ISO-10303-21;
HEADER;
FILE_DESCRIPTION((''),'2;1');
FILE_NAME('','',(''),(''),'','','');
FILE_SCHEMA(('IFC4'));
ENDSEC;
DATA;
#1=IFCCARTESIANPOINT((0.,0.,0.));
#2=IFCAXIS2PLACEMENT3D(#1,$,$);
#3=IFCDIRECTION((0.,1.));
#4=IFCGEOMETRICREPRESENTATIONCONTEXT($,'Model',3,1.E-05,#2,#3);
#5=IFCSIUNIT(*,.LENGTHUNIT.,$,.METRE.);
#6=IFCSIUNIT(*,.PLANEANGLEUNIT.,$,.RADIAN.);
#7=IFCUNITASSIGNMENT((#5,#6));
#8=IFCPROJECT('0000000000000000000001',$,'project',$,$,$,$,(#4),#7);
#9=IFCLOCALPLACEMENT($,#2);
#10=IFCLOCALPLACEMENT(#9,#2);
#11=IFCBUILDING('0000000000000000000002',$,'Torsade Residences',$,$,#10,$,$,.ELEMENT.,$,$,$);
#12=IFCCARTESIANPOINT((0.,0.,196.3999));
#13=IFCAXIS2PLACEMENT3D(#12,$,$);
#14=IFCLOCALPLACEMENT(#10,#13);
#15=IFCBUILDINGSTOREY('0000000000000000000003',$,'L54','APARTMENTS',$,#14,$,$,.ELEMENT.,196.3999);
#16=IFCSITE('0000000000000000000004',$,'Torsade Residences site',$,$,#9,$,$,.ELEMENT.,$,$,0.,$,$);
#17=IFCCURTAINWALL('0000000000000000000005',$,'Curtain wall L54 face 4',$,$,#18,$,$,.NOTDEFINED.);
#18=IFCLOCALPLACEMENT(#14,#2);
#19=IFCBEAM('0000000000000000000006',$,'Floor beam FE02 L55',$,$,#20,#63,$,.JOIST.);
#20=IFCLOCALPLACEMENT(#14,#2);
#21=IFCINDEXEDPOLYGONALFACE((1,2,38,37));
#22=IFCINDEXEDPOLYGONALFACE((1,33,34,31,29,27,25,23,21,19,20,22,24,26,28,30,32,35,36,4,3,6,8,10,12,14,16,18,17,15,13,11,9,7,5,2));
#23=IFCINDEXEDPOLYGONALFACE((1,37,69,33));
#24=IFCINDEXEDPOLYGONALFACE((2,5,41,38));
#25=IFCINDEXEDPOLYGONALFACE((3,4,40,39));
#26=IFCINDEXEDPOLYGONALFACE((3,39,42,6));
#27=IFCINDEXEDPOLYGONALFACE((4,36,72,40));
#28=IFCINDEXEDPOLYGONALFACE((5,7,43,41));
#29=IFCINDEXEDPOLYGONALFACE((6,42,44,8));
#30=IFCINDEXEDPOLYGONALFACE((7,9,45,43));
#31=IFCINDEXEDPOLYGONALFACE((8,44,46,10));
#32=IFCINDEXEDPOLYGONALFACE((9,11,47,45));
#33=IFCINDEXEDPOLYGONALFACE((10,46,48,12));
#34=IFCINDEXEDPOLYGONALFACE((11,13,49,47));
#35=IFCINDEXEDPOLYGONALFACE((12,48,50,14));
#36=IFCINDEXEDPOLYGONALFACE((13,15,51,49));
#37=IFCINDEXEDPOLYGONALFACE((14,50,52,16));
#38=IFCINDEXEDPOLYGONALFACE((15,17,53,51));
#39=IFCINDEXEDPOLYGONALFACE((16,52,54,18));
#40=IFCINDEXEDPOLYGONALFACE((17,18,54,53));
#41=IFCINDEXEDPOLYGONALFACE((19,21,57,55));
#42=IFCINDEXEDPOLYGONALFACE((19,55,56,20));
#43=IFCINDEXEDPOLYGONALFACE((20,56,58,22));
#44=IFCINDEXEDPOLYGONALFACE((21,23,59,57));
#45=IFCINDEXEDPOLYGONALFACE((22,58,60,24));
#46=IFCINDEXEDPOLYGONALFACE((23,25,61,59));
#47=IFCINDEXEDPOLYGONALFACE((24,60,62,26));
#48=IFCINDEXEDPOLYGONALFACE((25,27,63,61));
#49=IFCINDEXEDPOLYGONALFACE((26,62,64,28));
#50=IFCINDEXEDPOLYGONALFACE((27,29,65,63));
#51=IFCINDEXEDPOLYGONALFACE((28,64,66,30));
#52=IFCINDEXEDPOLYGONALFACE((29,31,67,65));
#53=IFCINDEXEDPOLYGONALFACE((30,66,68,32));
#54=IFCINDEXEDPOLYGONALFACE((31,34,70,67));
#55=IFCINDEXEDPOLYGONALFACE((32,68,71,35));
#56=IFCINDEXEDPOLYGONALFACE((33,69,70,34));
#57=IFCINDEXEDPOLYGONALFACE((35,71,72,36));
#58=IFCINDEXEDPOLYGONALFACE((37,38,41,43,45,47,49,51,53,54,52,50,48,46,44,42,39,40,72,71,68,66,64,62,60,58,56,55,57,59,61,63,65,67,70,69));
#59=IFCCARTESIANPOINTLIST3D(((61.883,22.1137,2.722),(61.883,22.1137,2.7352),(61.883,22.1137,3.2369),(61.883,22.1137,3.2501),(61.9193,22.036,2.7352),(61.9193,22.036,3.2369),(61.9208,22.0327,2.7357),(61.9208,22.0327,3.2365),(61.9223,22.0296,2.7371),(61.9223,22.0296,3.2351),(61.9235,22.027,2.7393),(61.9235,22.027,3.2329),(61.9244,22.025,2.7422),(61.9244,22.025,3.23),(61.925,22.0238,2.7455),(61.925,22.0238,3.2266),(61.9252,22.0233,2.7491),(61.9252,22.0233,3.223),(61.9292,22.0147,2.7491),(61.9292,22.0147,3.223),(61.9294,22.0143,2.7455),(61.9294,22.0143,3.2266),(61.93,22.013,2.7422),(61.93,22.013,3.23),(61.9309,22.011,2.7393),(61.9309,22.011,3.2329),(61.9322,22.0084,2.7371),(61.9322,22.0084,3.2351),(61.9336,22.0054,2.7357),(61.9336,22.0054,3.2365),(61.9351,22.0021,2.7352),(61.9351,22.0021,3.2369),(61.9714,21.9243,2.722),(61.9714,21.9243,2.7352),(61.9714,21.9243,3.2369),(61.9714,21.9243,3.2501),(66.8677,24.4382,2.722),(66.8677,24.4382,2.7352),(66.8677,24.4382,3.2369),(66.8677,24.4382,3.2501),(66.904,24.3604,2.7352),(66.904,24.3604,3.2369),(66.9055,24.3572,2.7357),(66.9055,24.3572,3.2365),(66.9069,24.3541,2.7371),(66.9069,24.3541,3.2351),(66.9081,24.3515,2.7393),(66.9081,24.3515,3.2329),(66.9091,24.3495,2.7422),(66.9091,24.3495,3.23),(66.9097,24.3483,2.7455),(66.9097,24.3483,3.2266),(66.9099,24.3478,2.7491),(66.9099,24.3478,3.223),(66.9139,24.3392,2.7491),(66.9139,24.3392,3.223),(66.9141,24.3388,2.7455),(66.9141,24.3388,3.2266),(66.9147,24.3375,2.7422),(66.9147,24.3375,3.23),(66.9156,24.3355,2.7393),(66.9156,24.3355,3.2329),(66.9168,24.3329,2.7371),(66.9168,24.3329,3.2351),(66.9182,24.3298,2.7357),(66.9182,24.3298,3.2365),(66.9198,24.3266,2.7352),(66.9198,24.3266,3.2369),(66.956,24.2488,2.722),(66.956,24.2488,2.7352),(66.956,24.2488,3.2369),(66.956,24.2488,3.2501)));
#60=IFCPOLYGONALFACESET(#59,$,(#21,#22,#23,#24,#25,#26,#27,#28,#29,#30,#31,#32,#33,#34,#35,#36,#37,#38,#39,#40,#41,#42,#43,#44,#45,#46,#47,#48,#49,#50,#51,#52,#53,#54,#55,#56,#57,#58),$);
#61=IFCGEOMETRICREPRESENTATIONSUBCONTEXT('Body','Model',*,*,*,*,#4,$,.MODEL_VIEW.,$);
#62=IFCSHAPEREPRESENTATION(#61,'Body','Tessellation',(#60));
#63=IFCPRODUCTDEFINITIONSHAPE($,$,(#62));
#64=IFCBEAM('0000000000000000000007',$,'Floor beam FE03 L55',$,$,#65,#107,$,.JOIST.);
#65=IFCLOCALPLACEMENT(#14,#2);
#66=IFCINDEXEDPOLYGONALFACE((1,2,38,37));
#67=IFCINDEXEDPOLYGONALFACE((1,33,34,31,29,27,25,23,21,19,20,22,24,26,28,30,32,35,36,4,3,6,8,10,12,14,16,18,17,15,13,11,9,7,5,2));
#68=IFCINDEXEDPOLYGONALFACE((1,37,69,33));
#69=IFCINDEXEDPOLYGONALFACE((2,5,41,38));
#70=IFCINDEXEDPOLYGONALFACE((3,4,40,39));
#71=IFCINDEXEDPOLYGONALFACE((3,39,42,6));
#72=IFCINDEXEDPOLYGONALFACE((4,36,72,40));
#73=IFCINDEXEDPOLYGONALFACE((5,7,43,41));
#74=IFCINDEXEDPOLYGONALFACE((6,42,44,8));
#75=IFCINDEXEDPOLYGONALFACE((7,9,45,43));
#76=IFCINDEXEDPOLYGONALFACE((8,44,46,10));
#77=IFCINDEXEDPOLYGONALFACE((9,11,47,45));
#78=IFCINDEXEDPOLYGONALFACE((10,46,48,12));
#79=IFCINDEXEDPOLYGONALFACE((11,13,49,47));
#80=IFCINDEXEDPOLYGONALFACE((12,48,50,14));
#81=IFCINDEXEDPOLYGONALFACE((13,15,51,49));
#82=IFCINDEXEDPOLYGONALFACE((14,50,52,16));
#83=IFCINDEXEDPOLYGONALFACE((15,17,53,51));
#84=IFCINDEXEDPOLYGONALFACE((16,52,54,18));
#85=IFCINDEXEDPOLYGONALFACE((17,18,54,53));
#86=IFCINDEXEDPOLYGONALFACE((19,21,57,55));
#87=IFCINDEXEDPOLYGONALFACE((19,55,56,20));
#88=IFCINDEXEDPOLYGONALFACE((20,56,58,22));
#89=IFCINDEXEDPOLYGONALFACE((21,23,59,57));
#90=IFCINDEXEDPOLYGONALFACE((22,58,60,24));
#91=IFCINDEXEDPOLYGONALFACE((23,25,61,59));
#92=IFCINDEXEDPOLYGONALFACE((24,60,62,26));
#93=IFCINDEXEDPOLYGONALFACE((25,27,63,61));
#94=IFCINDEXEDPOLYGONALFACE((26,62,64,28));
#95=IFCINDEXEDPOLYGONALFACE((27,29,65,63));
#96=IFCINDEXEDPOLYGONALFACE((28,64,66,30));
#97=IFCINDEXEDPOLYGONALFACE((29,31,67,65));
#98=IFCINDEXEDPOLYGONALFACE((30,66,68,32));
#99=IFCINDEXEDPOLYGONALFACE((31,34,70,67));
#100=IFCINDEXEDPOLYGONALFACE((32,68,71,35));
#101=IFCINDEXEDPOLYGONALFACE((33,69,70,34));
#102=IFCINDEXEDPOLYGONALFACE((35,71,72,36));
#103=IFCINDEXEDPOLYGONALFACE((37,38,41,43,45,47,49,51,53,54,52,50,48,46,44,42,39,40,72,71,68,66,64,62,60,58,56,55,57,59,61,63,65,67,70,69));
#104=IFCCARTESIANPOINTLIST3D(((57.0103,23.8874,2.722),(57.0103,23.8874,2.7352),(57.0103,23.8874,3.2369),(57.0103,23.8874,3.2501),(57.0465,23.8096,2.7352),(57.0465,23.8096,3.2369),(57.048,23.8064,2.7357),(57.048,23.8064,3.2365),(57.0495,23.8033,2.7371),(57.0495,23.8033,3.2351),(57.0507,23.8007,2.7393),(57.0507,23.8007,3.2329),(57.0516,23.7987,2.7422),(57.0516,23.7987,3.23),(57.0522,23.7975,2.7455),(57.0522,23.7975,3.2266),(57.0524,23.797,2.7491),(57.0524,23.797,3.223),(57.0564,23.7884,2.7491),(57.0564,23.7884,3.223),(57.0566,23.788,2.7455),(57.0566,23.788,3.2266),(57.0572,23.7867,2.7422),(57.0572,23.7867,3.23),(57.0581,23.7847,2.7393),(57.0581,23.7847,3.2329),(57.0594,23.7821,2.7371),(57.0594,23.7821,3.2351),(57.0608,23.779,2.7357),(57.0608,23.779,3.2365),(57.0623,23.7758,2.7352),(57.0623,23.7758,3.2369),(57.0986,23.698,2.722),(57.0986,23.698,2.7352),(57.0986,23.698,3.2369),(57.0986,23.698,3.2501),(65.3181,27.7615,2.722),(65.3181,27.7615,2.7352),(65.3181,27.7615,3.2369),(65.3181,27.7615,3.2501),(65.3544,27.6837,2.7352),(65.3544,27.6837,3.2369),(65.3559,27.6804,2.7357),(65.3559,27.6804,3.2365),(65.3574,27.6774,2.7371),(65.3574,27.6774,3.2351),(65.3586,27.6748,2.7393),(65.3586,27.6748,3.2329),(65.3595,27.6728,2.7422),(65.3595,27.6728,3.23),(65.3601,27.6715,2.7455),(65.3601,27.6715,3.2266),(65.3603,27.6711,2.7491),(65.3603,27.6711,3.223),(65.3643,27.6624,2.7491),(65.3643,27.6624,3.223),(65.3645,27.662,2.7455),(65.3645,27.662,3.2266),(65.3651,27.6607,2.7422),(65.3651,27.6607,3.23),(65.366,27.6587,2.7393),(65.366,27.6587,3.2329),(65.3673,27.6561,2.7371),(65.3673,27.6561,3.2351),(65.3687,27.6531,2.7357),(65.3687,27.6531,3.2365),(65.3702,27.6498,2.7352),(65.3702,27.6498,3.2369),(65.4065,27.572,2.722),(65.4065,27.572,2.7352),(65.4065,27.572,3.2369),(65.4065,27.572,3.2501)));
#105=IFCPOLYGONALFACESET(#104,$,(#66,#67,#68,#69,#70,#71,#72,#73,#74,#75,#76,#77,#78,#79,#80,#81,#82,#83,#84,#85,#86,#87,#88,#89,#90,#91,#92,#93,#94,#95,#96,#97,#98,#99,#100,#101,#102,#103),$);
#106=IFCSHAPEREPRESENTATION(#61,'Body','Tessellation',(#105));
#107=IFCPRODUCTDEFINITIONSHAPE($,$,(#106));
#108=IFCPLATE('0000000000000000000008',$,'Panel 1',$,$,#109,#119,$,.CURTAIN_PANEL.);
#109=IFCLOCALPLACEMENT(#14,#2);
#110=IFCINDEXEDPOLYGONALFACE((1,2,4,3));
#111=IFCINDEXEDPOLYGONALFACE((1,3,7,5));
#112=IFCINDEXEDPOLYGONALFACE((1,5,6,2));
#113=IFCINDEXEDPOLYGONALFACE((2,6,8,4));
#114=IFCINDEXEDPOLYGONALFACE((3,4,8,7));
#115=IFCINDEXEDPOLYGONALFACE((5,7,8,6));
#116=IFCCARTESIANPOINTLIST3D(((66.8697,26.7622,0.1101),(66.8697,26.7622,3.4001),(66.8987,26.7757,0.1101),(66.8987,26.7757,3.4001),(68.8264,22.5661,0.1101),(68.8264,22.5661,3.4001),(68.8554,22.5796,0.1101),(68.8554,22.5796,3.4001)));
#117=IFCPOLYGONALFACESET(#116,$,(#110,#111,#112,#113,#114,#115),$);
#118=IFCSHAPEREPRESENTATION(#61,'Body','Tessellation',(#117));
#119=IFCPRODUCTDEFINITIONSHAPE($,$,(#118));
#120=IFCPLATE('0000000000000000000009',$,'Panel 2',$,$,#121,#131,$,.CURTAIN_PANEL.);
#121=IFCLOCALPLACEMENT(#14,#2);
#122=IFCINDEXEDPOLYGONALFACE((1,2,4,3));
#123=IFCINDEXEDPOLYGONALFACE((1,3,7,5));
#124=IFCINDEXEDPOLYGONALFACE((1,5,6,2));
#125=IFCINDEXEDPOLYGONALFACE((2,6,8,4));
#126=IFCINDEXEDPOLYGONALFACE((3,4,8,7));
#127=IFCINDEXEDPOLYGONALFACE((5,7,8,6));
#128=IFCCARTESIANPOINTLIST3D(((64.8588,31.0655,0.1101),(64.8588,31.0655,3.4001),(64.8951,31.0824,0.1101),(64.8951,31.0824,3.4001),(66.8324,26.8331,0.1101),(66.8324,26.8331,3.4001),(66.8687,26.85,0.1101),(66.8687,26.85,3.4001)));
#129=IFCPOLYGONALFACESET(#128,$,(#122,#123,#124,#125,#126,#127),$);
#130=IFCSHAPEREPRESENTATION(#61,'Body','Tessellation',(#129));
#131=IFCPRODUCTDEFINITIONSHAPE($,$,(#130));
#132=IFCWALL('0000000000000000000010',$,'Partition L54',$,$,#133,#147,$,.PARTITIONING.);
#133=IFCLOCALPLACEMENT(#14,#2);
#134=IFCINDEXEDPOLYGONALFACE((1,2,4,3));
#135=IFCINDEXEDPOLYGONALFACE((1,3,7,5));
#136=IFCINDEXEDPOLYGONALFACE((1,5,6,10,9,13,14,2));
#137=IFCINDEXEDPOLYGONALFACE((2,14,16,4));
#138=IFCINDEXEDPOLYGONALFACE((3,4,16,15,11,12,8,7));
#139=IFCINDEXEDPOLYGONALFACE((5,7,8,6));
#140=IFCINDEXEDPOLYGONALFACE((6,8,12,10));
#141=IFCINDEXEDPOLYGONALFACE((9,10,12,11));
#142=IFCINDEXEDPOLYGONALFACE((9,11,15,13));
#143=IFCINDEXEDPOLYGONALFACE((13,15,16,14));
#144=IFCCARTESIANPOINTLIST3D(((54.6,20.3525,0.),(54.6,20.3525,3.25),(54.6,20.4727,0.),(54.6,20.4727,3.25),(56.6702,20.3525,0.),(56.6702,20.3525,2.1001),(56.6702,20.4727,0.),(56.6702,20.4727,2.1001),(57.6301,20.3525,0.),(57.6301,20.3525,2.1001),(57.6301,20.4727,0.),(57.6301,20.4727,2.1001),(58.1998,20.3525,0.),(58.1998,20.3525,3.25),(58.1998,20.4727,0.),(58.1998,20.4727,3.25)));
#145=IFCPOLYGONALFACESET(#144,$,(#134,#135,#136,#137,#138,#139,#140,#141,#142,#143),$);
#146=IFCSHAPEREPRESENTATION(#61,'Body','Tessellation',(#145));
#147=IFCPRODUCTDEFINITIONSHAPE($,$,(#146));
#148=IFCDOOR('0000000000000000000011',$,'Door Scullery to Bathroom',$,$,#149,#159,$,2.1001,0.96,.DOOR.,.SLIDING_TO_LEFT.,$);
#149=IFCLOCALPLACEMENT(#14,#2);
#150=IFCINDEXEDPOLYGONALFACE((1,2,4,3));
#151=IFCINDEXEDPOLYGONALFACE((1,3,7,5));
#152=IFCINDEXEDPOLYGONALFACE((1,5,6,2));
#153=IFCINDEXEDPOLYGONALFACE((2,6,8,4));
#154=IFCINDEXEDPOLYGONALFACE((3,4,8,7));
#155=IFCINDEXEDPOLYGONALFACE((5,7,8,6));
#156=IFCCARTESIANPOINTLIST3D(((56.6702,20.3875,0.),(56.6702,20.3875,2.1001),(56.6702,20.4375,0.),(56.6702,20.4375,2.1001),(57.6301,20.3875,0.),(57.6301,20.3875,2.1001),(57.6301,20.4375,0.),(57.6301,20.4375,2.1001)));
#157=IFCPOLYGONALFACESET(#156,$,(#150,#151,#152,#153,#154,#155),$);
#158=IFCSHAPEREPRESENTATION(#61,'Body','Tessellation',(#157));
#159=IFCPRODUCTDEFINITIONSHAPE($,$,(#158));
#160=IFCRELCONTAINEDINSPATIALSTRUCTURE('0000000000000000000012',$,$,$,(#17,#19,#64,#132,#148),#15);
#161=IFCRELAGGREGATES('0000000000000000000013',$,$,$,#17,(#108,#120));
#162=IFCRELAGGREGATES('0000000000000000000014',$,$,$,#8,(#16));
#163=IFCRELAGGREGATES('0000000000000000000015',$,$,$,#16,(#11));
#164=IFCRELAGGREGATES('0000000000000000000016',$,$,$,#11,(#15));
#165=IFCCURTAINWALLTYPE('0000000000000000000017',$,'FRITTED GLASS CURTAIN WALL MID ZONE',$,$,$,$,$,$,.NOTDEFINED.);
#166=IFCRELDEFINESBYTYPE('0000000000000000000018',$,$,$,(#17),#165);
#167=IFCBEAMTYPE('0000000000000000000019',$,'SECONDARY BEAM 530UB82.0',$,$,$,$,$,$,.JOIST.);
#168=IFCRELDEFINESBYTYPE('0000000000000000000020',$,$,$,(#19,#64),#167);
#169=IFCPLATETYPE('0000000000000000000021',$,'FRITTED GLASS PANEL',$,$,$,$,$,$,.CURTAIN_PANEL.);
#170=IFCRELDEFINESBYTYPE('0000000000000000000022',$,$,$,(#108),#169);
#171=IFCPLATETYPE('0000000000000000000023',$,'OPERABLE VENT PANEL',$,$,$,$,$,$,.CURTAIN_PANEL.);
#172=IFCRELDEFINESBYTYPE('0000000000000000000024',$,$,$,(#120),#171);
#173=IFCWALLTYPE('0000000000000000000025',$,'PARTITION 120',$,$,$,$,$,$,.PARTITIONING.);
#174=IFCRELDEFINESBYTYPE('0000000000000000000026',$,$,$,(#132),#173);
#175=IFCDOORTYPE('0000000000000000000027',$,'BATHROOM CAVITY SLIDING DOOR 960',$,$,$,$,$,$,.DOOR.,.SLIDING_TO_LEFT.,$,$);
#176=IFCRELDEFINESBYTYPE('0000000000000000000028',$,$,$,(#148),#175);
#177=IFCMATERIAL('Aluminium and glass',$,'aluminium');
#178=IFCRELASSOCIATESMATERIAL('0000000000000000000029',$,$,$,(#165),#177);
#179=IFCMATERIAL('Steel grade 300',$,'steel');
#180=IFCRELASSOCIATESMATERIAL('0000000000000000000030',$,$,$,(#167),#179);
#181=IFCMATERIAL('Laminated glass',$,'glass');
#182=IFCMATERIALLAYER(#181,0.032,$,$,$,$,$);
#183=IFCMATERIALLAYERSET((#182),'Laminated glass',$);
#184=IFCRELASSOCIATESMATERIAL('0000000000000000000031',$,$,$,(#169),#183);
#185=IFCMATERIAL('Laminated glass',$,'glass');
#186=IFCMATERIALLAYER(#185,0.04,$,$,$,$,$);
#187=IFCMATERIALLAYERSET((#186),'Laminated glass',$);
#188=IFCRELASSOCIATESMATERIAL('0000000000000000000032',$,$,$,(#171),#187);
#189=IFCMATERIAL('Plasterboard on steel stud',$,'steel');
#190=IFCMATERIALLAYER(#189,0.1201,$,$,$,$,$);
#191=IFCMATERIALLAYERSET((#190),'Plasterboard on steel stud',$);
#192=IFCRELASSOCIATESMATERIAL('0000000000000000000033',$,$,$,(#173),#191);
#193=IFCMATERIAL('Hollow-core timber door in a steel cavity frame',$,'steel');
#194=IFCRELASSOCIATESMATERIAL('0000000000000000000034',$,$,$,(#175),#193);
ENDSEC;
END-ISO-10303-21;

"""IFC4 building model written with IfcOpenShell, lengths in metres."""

from ifc_helpers import new_model, si_unit, direction, frame, frame_2d, origin, origin_2d, place, context, subcontext, project, spatial, rectangle, i_section, extrude, material, layer, layer_set, material_profile, profile_set, type_object, element, fill, aggregate, save


model = new_model("IFC4")

# Units and contexts
model_context = context("Model", 3, precision=1e-05, world=origin(), true_north=direction((0.0, 1.0)))
body_context = subcontext(model_context, "Body", "Model", "MODEL_VIEW")
ifc_project = project(units=[si_unit("LENGTHUNIT", "METRE"), si_unit("PLANEANGLEUNIT", "RADIAN")], contexts=[model_context])

# Site, building, storey
site_placement = place(None, origin())
site = spatial("IfcSite", under=ifc_project, at=site_placement, Name="Torsade Residences site", CompositionType="ELEMENT", RefElevation=0.0)
building_placement = place(site_placement, origin())
building = spatial("IfcBuilding", under=site, at=building_placement, Name="Torsade Residences", CompositionType="ELEMENT")
storey_placement = place(building_placement, frame((0.0, 0.0, 196.3999)))
storey = spatial("IfcBuildingStorey", under=building, at=storey_placement, Name="L54", Description="APARTMENTS", CompositionType="ELEMENT", Elevation=196.3999)

# Curtain wall
ifc_material_1 = material(Name="Aluminium and glass", Category="aluminium")
curtain_wall_type = type_object("IfcCurtainWallType", Name="FRITTED GLASS CURTAIN WALL MID ZONE", PredefinedType="NOTDEFINED", material=ifc_material_1)
curtain_wall_placement = place(storey_placement, origin())
curtain_wall = element("IfcCurtainWall", 1, at=curtain_wall_placement, inside=storey, type_object=curtain_wall_type, Name="Curtain wall L54 face 4", PredefinedType="NOTDEFINED")

# Beams
ifc_material_2 = material(Name="Steel grade 300", Category="steel")
ifc_material_profile_1 = material_profile(ifc_material_2, i_section(OverallWidth=0.209, OverallDepth=0.5281, WebThickness=0.0095, FlangeThickness=0.0132, FilletRadius=0.0139, at=origin_2d()), Name="530UB82.0")
ifc_profile_set_1 = profile_set([ifc_material_profile_1], Name="Steel grade 300")
beam_type_1 = type_object("IfcBeamType", Name="SECONDARY BEAM 530UB82.0", PredefinedType="JOIST", material=ifc_profile_set_1)
beam_1_placement = place(storey_placement, frame((66.9119, 24.3435, 2.9861), z_axis=(-0.906301, -0.422633, 0.0), x_axis=(0.422633, -0.906301, 0.0)))
element("IfcBeam", 2, at=beam_1_placement, inside=storey, type_object=beam_type_1, Name="Floor beam FE02 L55", PredefinedType="JOIST", context=body_context, shape_type="SweptSolid", body=[
    extrude(i_section(OverallWidth=0.209, OverallDepth=0.5281, WebThickness=0.0095, FlangeThickness=0.0132, FilletRadius=0.0139, at=origin_2d()), origin(), (0.0, 0.0, 1.0), 5.5),
])
beam_2_placement = place(storey_placement, frame((65.3623, 27.6667, 2.9861), z_axis=(-0.906308, -0.422619, 0.0), x_axis=(0.422619, -0.906308, 0.0)))
element("IfcBeam", 3, at=beam_2_placement, inside=storey, type_object=beam_type_1, Name="Floor beam FE03 L55", PredefinedType="JOIST", context=body_context, shape_type="SweptSolid", body=[
    extrude(i_section(OverallWidth=0.209, OverallDepth=0.5281, WebThickness=0.0095, FlangeThickness=0.0132, FilletRadius=0.0139, at=origin_2d()), origin(), (0.0, 0.0, 1.0), 9.1667),
])

# Plates
ifc_material_3 = material(Name="Laminated glass", Category="glass")
ifc_layer_1 = layer(ifc_material_3, 0.032)
ifc_layer_set_1 = layer_set([ifc_layer_1], Name="Laminated glass")
plate_type_1 = type_object("IfcPlateType", Name="FRITTED GLASS PANEL", PredefinedType="CURTAIN_PANEL", material=ifc_layer_set_1)
plate_1_placement = place(storey_placement, frame((67.8625, 24.6709, 0.1101), z_axis=(0.0, 0.0, 1.0), x_axis=(-0.422618, 0.906308, 0.0)))
plate_1 = element("IfcPlate", 4, at=plate_1_placement, type_object=plate_type_1, Name="Panel 1", PredefinedType="CURTAIN_PANEL", context=body_context, shape_type="SweptSolid", body=[
    extrude(rectangle(XDim=4.6299, YDim=0.032, at=origin_2d()), origin(), (0.0, 0.0, 1.0), 3.29),
])
ifc_material_4 = material(Name="Laminated glass", Category="glass")
ifc_layer_2 = layer(ifc_material_4, 0.04)
ifc_layer_set_2 = layer_set([ifc_layer_2], Name="Laminated glass")
plate_type_2 = type_object("IfcPlateType", Name="OPERABLE VENT PANEL", PredefinedType="CURTAIN_PANEL", material=ifc_layer_set_2)
plate_2_placement = place(storey_placement, frame((65.8638, 28.9578, 0.1101), z_axis=(0.0, 0.0, 1.0), x_axis=(-0.422618, 0.906308, 0.0)))
plate_2 = element("IfcPlate", 5, at=plate_2_placement, type_object=plate_type_2, Name="Panel 2", PredefinedType="CURTAIN_PANEL", context=body_context, shape_type="SweptSolid", body=[
    extrude(rectangle(XDim=4.6699, YDim=0.04, at=origin_2d()), origin(), (0.0, 0.0, 1.0), 3.29),
])
aggregate(curtain_wall, [plate_1, plate_2])

# Wall, opening, door
ifc_material_5 = material(Name="Plasterboard on steel stud", Category="steel")
ifc_layer_3 = layer(ifc_material_5, 0.1201)
ifc_layer_set_3 = layer_set([ifc_layer_3], Name="Plasterboard on steel stud")
wall_type_1 = type_object("IfcWallType", Name="PARTITION 120", PredefinedType="PARTITIONING", material=ifc_layer_set_3)
wall_1_placement = place(storey_placement, frame((54.6001, 20.4126, 0.0), z_axis=(0.0, 0.0, 1.0), x_axis=(1.0, 0.0, 0.0)))
wall_1 = element("IfcWall", 6, at=wall_1_placement, inside=storey, type_object=wall_type_1, Name="Partition L54", PredefinedType="PARTITIONING", context=body_context, shape_type="SweptSolid", body=[
    extrude(rectangle(XDim=3.5999, YDim=0.1201, at=frame_2d((1.7998, 0.0))), origin(), (0.0, 0.0, 1.0), 3.25),
])
opening_1_placement = place(wall_1_placement, frame((2.0701, 0.0, 0.0)))
opening_1 = element("IfcOpeningElement", 7, at=opening_1_placement, cuts=wall_1, PredefinedType="OPENING", context=body_context, shape_type="SweptSolid", body=[
    extrude(rectangle(XDim=0.96, YDim=2.1001, at=frame_2d((0.48, 1.05))), frame((0.0, 0.0701, 0.0), z_axis=(0.0, -1.0, 0.0), x_axis=(1.0, 0.0, 0.0)), (0.0, 0.0, 1.0), 0.1401),
])
ifc_material_6 = material(Name="Hollow-core timber door in a steel cavity frame", Category="steel")
door_type_1 = type_object("IfcDoorType", Name="BATHROOM CAVITY SLIDING DOOR 960", OperationType="SLIDING_TO_LEFT", PredefinedType="DOOR", material=ifc_material_6)
door_1_placement = place(opening_1_placement, origin())
door_1 = element("IfcDoor", 8, at=door_1_placement, inside=storey, type_object=door_type_1, Name="Door Scullery to Bathroom", OperationType="SLIDING_TO_LEFT", OverallHeight=2.1001, OverallWidth=0.96, PredefinedType="DOOR", context=body_context, shape_type="SweptSolid", body=[
    extrude(rectangle(XDim=0.96, YDim=2.1001, at=frame_2d((0.48, 1.05))), frame((0.0, 0.0249, 0.0), z_axis=(0.0, -1.0, 0.0), x_axis=(1.0, 0.0, 0.0)), (0.0, 0.0, 1.0), 0.05),
])
fill(opening_1, door_1)

save(model, "model.ifc")
